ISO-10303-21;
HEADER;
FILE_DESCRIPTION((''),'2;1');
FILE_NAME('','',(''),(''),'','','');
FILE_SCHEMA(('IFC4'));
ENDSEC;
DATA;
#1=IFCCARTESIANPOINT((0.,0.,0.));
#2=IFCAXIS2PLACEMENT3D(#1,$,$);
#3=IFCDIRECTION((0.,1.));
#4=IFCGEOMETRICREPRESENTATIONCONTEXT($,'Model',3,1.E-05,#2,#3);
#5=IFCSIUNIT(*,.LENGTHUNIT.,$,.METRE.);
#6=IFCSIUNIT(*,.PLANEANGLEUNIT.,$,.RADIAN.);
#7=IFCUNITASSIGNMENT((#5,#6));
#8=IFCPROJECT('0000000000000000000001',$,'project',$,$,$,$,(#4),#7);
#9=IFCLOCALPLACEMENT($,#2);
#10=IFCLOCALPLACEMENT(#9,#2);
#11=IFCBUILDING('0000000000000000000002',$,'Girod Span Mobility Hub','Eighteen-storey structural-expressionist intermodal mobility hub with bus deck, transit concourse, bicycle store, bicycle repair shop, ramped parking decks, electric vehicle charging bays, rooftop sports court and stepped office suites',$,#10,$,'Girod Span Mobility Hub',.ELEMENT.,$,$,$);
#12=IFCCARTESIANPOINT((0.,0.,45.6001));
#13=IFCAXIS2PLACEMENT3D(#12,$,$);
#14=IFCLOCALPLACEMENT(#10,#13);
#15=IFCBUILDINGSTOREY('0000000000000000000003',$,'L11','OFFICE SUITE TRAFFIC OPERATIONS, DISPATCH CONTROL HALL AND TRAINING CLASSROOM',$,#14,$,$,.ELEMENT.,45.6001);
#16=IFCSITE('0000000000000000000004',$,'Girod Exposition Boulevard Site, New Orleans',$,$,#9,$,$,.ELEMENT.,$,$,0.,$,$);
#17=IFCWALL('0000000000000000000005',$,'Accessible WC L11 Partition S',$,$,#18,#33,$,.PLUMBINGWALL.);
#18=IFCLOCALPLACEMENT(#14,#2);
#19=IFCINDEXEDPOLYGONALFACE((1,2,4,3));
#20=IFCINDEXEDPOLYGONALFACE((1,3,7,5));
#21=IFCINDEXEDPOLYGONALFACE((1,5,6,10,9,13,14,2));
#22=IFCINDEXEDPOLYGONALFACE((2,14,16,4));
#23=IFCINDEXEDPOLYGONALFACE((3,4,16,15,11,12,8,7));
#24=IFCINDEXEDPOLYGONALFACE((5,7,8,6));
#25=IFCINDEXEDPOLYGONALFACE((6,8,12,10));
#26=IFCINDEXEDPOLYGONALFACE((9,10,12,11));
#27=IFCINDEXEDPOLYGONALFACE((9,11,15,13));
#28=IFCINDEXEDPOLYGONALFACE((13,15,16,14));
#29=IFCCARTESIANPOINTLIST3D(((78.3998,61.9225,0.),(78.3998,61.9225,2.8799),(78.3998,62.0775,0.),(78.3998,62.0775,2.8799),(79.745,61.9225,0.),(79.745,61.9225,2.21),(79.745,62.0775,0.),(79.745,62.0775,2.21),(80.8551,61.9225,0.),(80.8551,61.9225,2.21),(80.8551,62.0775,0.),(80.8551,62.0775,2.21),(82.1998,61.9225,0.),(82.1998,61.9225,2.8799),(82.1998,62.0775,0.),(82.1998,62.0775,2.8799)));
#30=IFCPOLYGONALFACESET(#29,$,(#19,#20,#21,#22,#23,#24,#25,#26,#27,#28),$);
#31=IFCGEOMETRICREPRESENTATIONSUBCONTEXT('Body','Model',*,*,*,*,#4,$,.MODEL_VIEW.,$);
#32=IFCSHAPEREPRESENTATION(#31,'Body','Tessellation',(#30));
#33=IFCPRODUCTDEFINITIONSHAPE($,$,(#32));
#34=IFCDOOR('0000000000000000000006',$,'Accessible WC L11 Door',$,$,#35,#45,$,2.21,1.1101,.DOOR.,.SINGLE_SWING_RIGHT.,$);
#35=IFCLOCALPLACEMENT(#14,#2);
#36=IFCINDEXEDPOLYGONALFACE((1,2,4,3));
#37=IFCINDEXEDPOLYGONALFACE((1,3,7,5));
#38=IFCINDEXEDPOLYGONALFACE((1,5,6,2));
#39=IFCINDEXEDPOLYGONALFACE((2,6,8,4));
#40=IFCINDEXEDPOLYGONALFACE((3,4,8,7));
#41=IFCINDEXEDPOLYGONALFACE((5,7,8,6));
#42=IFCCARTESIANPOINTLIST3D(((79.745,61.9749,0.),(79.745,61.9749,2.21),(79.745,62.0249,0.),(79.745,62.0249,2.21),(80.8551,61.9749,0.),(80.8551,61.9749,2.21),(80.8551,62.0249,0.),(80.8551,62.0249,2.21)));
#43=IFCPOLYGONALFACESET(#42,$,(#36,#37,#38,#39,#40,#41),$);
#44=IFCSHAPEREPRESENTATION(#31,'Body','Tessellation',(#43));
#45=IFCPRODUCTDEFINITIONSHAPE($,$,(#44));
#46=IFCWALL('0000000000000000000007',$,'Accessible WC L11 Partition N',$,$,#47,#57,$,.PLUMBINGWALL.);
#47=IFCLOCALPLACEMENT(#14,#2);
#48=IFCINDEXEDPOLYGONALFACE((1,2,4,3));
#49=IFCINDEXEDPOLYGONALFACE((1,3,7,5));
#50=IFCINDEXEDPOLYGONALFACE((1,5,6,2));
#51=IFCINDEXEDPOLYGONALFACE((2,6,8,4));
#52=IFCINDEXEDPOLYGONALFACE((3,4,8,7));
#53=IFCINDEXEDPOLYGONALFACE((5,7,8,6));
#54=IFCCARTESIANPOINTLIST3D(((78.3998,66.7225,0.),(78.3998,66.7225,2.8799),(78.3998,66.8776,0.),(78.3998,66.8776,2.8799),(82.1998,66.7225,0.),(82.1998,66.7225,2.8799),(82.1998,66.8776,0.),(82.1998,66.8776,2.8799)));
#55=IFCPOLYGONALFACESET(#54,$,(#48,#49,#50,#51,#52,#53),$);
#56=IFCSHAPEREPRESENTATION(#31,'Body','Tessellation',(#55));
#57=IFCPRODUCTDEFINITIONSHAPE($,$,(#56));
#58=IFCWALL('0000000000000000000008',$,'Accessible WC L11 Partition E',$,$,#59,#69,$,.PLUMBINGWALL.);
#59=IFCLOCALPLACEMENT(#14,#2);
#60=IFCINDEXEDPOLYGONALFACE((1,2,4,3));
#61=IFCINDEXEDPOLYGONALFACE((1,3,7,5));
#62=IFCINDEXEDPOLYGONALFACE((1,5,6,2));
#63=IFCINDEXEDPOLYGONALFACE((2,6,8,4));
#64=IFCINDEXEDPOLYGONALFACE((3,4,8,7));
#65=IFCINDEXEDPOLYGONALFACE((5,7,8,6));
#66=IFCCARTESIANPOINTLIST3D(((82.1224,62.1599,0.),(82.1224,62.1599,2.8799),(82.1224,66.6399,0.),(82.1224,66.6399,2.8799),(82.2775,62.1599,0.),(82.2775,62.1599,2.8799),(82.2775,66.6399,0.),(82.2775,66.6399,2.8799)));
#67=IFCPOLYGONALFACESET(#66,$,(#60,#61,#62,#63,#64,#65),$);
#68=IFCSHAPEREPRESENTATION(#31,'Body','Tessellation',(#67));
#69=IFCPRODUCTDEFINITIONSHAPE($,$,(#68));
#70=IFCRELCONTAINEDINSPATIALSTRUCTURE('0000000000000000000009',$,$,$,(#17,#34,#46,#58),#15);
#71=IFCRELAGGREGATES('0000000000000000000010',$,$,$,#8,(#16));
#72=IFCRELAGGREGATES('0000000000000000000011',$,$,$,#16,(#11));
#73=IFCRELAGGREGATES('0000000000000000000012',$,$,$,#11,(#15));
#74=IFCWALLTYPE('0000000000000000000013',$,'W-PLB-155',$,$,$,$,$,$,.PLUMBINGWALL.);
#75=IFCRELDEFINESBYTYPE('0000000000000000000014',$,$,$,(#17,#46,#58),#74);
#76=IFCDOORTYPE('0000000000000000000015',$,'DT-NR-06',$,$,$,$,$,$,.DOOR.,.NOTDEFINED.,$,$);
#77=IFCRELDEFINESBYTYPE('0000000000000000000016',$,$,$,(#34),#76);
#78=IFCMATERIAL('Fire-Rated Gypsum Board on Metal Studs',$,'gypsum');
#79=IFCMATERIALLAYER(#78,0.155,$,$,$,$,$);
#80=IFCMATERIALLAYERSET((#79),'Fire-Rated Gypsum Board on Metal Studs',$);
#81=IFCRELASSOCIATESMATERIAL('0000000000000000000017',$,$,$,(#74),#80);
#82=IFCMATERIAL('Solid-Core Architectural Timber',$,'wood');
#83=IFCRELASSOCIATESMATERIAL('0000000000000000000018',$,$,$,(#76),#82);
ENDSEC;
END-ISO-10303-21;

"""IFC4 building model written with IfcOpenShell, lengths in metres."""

from ifc_helpers import new_model, si_unit, direction, frame, frame_2d, origin, place, context, subcontext, project, spatial, rectangle, extrude, material, layer, layer_set, type_object, element, fill, save


model = new_model("IFC4")

# Units and contexts
model_context = context("Model", 3, precision=1e-05, world=origin(), true_north=direction((0.0, 1.0)))
body_context = subcontext(model_context, "Body", "Model", "MODEL_VIEW")
ifc_project = project(units=[si_unit("LENGTHUNIT", "METRE"), si_unit("PLANEANGLEUNIT", "RADIAN")], contexts=[model_context])

# Site, building, storey
site_placement = place(None, origin())
site = spatial("IfcSite", under=ifc_project, at=site_placement, Name="Girod Exposition Boulevard Site, New Orleans", CompositionType="ELEMENT", RefElevation=0.0)
building_placement = place(site_placement, origin())
building = spatial("IfcBuilding", under=site, at=building_placement, Name="Girod Span Mobility Hub", Description="Eighteen-storey structural-expressionist intermodal mobility hub with bus deck, transit concourse, bicycle store, bicycle repair shop, ramped parking decks, electric vehicle charging bays, rooftop sports court and stepped office suites", LongName="Girod Span Mobility Hub", CompositionType="ELEMENT")
storey_placement = place(building_placement, frame((0.0, 0.0, 45.6001)))
storey = spatial("IfcBuildingStorey", under=building, at=storey_placement, Name="L11", Description="OFFICE SUITE TRAFFIC OPERATIONS, DISPATCH CONTROL HALL AND TRAINING CLASSROOM", CompositionType="ELEMENT", Elevation=45.6001)

# Shared definitions
ifc_material_1 = material(Name="Fire-Rated Gypsum Board on Metal Studs", Category="gypsum")
ifc_layer_1 = layer(ifc_material_1, 0.155)
ifc_layer_set_1 = layer_set([ifc_layer_1], Name="Fire-Rated Gypsum Board on Metal Studs")
wall_type = type_object("IfcWallType", Name="W-PLB-155", PredefinedType="PLUMBINGWALL", material=ifc_layer_set_1)

# Wall, opening, door
wall_1_placement = place(storey_placement, frame((78.3999, 62.0, 0.0), z_axis=(0.0, 0.0, 1.0), x_axis=(1.0, 0.0, 0.0)))
wall_1 = element("IfcWall", 1, at=wall_1_placement, inside=storey, type_object=wall_type, Name="Accessible WC L11 Partition S", PredefinedType="PLUMBINGWALL", context=body_context, shape_type="SweptSolid", body=[
    extrude(rectangle(XDim=3.8, YDim=0.155, at=frame_2d((1.8999, 0.0))), origin(), (0.0, 0.0, 1.0), 2.8799),
])
opening_1_placement = place(wall_1_placement, frame((1.345, 0.0, 0.0)))
opening_1 = element("IfcOpeningElement", 2, at=opening_1_placement, cuts=wall_1, PredefinedType="OPENING", context=body_context, shape_type="SweptSolid", body=[
    extrude(rectangle(XDim=1.1101, YDim=2.21, at=frame_2d((0.5552, 1.105))), frame((0.0, 0.0925, 0.0), z_axis=(0.0, -1.0, 0.0), x_axis=(1.0, 0.0, 0.0)), (0.0, 0.0, 1.0), 0.1851),
])
ifc_material_2 = material(Name="Solid-Core Architectural Timber", Category="wood")
door_type_1 = type_object("IfcDoorType", Name="DT-NR-06", OperationType="NOTDEFINED", PredefinedType="DOOR", material=ifc_material_2)
door_1_placement = place(opening_1_placement, origin())
door_1 = element("IfcDoor", 3, at=door_1_placement, inside=storey, type_object=door_type_1, Name="Accessible WC L11 Door", OperationType="SINGLE_SWING_RIGHT", OverallHeight=2.21, OverallWidth=1.1101, PredefinedType="DOOR", context=body_context, shape_type="SweptSolid", body=[
    extrude(rectangle(XDim=1.1101, YDim=2.21, at=frame_2d((0.5552, 1.105))), frame((0.0, 0.0249, 0.0), z_axis=(0.0, -1.0, 0.0), x_axis=(1.0, 0.0, 0.0)), (0.0, 0.0, 1.0), 0.05),
])
fill(opening_1, door_1)

# Walls
wall_2_placement = place(storey_placement, frame((78.3999, 66.8, 0.0), z_axis=(0.0, 0.0, 1.0), x_axis=(1.0, 0.0, 0.0)))
element("IfcWall", 4, at=wall_2_placement, inside=storey, type_object=wall_type, Name="Accessible WC L11 Partition N", PredefinedType="PLUMBINGWALL", context=body_context, shape_type="SweptSolid", body=[
    extrude(rectangle(XDim=3.8, YDim=0.155, at=frame_2d((1.8999, 0.0))), origin(), (0.0, 0.0, 1.0), 2.8799),
])
wall_3_placement = place(storey_placement, frame((82.2, 62.1599, 0.0), z_axis=(0.0, 0.0, 1.0), x_axis=(0.0, 1.0, 0.0)))
element("IfcWall", 5, at=wall_3_placement, inside=storey, type_object=wall_type, Name="Accessible WC L11 Partition E", PredefinedType="PLUMBINGWALL", context=body_context, shape_type="SweptSolid", body=[
    extrude(rectangle(XDim=4.48, YDim=0.155, at=frame_2d((2.24, 0.0))), origin(), (0.0, 0.0, 1.0), 2.8799),
])

save(model, "model.ifc")
